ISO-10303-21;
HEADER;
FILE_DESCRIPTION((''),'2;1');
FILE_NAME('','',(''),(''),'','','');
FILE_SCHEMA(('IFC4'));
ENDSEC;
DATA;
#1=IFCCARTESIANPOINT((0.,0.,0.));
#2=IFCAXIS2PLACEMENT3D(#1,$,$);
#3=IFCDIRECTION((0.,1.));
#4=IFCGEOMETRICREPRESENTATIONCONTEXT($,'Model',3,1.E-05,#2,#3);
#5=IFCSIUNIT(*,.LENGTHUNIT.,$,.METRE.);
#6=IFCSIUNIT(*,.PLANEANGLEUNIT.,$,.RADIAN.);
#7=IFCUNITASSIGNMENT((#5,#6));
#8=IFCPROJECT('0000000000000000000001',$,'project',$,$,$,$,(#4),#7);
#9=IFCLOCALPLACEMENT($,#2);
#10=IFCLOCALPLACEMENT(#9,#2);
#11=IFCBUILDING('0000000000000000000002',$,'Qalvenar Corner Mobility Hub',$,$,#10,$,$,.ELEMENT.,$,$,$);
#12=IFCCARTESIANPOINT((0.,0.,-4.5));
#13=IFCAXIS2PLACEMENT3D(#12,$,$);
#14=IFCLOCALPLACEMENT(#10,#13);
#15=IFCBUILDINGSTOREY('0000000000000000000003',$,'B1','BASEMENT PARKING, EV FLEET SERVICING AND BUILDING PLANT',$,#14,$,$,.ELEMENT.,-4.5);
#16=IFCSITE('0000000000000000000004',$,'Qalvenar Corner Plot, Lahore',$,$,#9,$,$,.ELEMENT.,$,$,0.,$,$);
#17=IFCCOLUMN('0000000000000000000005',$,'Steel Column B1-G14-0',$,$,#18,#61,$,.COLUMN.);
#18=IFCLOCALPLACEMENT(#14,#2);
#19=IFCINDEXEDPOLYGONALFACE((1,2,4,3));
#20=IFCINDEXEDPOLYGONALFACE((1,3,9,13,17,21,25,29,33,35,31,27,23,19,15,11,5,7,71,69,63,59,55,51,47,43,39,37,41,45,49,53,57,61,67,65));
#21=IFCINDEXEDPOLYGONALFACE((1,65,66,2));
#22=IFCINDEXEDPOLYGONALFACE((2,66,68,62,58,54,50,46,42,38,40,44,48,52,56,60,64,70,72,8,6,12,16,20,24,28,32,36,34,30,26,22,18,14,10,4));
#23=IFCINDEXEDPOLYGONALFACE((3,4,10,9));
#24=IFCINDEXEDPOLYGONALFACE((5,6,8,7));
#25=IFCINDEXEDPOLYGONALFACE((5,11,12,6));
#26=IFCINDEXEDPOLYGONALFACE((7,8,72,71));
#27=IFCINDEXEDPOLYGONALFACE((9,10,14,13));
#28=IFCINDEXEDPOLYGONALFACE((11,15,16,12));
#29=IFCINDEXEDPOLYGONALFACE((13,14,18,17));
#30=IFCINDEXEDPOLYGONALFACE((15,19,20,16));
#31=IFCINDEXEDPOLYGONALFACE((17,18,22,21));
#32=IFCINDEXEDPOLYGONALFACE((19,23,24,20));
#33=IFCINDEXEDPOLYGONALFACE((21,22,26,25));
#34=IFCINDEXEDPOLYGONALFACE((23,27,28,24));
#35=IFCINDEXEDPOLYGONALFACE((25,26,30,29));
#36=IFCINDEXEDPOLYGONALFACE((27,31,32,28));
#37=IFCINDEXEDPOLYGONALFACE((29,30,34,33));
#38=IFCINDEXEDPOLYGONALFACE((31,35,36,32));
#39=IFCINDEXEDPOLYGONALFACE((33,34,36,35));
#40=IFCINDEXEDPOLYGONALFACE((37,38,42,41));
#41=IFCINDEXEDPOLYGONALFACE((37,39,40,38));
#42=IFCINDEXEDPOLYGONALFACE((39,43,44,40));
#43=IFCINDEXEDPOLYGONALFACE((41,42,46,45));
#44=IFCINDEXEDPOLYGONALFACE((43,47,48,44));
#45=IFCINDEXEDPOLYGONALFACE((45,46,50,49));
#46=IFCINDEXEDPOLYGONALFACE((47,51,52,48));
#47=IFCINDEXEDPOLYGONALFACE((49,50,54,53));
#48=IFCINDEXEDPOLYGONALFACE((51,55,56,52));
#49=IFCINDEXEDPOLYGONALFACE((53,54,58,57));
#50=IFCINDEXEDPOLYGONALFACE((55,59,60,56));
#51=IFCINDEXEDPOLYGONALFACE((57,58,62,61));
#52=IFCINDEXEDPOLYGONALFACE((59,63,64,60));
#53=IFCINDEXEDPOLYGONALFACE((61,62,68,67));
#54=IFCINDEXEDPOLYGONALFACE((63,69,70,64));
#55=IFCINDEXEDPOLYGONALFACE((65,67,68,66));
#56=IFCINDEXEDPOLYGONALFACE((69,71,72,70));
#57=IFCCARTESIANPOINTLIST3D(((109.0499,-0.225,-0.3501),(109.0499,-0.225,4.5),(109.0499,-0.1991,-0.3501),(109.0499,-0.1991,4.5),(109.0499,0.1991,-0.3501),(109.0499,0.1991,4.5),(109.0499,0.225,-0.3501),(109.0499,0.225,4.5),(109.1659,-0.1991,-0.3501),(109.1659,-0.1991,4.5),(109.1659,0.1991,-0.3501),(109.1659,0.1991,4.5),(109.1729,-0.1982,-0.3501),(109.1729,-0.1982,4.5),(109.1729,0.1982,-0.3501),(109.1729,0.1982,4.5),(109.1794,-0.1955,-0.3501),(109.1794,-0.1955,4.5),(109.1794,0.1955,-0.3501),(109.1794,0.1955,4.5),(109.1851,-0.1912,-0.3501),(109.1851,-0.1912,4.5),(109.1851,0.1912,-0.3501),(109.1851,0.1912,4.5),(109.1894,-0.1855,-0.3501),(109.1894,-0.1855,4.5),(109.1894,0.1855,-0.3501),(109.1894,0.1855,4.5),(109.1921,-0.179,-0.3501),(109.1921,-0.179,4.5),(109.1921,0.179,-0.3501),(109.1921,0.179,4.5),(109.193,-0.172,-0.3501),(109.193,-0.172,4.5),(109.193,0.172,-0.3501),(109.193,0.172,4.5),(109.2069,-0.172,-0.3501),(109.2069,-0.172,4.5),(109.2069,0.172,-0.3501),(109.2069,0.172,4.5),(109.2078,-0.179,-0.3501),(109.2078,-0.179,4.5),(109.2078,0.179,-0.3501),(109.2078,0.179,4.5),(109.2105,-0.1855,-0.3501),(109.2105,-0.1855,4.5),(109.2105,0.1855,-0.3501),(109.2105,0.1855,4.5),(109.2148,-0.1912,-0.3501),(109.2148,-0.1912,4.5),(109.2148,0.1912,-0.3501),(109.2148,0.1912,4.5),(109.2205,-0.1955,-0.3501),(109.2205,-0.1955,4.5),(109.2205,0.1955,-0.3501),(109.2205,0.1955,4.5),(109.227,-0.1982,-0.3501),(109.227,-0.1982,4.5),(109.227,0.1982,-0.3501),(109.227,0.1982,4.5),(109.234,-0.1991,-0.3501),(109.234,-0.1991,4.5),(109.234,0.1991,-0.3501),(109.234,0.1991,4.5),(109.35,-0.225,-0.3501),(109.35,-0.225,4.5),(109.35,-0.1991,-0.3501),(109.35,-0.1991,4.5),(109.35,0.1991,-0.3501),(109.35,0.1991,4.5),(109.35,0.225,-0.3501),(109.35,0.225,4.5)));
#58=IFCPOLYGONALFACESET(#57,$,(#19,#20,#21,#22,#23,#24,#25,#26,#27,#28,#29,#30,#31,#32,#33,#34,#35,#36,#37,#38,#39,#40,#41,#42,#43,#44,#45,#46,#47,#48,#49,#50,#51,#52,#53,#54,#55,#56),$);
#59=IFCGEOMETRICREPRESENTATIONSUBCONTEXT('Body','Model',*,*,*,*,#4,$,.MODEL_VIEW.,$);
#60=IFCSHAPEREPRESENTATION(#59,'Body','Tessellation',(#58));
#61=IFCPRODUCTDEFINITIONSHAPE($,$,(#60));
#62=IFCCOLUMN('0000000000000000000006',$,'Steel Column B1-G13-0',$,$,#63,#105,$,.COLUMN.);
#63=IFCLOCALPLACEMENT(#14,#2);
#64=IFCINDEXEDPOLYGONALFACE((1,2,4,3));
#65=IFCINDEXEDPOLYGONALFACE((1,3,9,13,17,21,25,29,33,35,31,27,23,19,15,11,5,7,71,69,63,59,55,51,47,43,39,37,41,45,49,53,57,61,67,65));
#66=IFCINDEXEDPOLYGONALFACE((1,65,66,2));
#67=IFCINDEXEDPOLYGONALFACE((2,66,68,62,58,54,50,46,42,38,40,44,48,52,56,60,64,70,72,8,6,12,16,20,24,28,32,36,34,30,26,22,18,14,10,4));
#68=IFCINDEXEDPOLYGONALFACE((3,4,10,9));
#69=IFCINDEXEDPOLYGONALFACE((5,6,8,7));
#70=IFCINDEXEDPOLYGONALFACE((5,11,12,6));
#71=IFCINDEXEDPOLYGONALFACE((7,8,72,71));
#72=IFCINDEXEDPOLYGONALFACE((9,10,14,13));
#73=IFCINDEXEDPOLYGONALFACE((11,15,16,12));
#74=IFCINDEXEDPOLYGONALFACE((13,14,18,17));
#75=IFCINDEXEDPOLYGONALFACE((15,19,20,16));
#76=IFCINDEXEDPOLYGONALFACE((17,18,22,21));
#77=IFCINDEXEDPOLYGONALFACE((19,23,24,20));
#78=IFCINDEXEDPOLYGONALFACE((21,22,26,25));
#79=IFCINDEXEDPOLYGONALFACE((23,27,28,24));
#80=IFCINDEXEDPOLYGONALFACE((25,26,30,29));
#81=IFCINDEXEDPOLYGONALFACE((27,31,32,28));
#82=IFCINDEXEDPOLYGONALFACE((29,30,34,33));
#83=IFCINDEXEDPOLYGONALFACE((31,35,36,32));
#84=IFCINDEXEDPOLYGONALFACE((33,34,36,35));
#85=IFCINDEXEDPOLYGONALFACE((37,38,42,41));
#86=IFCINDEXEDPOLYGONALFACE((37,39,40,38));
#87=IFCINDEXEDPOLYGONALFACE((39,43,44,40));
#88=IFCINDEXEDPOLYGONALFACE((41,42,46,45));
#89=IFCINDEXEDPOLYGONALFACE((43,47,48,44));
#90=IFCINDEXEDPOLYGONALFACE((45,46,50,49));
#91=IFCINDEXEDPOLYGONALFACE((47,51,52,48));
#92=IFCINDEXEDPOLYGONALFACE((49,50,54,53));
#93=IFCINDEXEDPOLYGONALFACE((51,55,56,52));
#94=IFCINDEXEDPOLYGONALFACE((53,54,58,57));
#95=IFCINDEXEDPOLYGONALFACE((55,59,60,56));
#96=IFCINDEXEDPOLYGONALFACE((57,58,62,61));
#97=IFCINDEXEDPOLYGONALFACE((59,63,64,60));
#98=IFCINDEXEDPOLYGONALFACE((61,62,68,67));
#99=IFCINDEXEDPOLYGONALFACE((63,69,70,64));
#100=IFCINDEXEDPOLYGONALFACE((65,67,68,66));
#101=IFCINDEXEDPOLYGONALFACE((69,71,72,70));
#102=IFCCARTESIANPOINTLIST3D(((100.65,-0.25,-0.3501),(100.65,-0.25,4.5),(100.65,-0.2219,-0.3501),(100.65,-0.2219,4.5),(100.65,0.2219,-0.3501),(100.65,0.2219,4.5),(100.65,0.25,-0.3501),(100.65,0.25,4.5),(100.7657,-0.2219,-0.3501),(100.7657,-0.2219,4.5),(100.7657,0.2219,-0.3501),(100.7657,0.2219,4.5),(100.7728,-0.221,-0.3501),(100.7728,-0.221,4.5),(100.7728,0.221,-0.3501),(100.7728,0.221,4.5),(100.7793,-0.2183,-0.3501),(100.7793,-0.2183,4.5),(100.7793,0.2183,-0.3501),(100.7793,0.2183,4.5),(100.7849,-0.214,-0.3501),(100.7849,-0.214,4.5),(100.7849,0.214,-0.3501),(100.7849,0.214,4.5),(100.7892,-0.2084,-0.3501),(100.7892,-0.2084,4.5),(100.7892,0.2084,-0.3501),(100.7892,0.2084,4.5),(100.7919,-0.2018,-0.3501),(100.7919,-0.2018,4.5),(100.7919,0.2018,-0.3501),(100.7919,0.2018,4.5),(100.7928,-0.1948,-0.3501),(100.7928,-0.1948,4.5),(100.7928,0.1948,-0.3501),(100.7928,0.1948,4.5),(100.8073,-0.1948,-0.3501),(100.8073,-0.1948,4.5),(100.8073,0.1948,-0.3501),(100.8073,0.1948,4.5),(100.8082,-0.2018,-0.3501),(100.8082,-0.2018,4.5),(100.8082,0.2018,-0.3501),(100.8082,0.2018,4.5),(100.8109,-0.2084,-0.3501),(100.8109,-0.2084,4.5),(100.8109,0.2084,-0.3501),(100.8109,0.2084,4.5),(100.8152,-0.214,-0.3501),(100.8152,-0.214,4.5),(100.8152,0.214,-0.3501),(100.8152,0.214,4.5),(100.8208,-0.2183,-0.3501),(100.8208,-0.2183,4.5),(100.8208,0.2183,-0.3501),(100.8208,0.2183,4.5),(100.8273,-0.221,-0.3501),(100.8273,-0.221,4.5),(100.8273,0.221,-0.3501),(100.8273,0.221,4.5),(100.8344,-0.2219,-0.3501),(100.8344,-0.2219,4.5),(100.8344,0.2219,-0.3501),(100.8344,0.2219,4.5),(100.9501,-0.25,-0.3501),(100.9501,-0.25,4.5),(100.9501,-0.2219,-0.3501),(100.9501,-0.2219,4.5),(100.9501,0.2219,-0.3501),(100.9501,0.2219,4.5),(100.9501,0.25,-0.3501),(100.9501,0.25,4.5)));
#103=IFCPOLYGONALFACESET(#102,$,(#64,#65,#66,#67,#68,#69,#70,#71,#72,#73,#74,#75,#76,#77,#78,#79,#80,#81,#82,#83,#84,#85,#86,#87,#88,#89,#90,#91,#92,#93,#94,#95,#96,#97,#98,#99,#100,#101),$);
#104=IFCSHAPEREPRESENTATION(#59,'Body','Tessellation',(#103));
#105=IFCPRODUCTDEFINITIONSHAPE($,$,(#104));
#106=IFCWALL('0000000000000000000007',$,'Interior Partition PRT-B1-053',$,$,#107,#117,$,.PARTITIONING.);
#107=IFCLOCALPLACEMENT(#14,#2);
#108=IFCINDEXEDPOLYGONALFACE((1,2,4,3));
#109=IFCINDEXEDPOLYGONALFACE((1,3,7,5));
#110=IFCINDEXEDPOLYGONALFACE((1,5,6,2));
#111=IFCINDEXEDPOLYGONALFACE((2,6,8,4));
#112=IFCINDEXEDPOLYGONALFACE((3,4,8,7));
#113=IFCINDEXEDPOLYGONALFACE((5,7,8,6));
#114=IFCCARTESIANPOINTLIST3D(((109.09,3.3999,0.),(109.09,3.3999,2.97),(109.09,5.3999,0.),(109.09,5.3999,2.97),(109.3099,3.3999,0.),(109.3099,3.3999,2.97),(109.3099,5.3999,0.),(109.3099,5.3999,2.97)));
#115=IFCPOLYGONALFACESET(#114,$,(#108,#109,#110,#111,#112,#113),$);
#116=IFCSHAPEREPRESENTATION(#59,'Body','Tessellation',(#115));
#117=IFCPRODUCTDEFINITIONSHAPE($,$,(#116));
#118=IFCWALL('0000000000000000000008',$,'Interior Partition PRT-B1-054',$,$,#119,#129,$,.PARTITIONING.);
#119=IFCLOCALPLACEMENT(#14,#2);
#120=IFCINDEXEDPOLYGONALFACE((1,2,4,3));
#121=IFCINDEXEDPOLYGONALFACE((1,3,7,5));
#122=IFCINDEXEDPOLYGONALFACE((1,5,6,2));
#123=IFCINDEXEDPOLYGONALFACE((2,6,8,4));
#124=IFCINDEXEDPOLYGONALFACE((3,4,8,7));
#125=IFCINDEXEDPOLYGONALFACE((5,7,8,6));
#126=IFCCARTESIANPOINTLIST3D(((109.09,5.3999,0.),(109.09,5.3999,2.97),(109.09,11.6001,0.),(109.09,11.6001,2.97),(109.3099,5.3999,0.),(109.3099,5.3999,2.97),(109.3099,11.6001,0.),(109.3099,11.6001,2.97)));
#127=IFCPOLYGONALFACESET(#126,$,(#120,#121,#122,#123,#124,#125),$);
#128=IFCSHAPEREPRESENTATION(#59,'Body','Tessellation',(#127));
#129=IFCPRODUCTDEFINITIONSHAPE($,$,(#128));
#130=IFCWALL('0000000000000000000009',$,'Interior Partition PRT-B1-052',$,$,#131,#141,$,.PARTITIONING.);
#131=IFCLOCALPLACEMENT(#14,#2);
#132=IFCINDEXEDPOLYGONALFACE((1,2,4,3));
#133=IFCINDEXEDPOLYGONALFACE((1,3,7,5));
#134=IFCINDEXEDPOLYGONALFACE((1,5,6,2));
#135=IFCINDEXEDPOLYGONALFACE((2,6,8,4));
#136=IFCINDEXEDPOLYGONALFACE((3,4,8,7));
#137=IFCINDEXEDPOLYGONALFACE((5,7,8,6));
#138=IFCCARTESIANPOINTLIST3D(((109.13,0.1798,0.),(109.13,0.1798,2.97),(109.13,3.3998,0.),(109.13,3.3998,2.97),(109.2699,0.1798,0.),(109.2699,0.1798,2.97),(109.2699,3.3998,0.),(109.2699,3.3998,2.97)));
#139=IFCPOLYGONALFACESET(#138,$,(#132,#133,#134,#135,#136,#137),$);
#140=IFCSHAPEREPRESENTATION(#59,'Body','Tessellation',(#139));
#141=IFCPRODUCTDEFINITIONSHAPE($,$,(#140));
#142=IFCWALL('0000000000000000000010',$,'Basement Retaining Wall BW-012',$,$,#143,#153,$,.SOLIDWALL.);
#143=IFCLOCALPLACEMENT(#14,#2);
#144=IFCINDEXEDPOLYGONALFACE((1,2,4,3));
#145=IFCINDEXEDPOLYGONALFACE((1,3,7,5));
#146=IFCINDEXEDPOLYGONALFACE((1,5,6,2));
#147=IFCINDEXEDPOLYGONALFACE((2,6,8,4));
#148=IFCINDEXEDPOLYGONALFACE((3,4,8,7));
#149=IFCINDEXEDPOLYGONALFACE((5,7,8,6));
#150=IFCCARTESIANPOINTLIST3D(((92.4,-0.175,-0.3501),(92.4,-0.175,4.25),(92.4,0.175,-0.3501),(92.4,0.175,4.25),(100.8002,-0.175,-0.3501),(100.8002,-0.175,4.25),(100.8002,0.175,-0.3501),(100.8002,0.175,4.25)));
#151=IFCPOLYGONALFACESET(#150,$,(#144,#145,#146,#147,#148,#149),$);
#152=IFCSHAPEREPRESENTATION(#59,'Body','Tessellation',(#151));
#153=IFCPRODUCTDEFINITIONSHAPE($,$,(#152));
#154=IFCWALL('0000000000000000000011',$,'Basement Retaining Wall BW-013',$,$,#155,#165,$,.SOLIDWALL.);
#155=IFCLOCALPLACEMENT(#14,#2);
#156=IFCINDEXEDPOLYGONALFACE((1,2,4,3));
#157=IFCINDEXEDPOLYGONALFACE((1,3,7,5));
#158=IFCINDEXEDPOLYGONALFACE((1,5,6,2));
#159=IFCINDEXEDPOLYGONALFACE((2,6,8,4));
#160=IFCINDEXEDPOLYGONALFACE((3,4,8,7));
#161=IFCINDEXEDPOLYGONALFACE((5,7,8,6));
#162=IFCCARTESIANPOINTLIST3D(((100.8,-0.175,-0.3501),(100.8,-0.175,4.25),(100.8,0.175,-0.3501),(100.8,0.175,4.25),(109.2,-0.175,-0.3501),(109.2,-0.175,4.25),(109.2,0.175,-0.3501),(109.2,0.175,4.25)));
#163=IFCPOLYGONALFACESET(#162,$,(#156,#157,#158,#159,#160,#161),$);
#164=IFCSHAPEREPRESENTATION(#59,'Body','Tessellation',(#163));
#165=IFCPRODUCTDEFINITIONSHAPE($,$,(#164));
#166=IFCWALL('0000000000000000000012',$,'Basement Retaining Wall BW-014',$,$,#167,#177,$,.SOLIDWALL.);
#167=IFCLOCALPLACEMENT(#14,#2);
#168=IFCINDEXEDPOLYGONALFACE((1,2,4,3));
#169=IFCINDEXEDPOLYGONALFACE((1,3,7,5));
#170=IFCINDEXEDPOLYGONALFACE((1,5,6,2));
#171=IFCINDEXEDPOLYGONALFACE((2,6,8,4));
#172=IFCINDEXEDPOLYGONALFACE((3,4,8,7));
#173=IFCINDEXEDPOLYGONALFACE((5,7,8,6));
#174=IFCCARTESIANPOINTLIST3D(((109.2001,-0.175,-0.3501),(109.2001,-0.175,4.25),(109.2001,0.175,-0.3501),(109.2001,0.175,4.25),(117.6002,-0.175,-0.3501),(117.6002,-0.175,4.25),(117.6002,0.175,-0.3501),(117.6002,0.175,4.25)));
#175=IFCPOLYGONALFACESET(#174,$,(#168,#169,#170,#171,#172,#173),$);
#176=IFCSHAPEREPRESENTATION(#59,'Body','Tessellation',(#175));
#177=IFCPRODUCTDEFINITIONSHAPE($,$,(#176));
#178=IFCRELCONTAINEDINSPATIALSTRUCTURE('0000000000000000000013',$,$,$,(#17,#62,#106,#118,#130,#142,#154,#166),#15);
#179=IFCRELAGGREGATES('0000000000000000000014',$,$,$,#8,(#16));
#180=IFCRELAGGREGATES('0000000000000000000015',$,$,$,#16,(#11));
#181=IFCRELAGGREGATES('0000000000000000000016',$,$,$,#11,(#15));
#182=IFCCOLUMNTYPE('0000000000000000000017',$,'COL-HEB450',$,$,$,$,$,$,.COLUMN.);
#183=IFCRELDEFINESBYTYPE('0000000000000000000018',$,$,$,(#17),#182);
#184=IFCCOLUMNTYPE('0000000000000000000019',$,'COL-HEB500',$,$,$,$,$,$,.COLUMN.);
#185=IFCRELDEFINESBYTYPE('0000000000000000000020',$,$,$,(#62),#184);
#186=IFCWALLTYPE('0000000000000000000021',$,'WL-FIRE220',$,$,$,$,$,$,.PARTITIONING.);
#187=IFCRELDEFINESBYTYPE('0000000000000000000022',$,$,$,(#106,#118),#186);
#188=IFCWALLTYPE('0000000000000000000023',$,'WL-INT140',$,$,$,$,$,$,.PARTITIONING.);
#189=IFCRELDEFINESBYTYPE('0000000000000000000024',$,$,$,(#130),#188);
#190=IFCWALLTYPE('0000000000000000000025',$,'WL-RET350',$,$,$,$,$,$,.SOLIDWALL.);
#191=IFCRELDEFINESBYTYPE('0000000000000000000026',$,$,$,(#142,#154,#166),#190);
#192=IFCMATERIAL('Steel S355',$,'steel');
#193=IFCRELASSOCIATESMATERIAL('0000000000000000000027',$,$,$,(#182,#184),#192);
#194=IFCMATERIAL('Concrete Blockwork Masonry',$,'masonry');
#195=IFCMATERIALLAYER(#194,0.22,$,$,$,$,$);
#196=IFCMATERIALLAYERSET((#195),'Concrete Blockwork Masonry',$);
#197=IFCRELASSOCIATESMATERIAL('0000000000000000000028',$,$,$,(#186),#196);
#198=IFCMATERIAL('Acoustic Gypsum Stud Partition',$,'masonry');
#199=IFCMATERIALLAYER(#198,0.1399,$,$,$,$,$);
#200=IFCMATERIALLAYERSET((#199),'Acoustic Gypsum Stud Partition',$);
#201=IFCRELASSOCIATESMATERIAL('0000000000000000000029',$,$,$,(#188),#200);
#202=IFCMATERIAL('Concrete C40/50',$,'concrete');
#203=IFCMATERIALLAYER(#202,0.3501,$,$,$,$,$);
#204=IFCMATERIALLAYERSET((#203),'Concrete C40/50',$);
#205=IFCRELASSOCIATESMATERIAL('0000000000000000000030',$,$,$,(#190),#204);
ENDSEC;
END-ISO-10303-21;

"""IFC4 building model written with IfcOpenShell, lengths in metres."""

from ifc_helpers import new_model, si_unit, direction, frame, frame_2d, origin, origin_2d, place, context, subcontext, project, spatial, rectangle, i_section, extrude, material, layer, layer_set, material_profile, profile_set, type_object, element, save


model = new_model("IFC4")

# Units and contexts
model_context = context("Model", 3, precision=1e-05, world=origin(), true_north=direction((0.0, 1.0)))
body_context = subcontext(model_context, "Body", "Model", "MODEL_VIEW")
ifc_project = project(units=[si_unit("LENGTHUNIT", "METRE"), si_unit("PLANEANGLEUNIT", "RADIAN")], contexts=[model_context])

# Site, building, storey
site_placement = place(None, origin())
site = spatial("IfcSite", under=ifc_project, at=site_placement, Name="Qalvenar Corner Plot, Lahore", CompositionType="ELEMENT", RefElevation=0.0)
building_placement = place(site_placement, origin())
building = spatial("IfcBuilding", under=site, at=building_placement, Name="Qalvenar Corner Mobility Hub", CompositionType="ELEMENT")
storey_placement = place(building_placement, frame((0.0, 0.0, -4.5)))
storey = spatial("IfcBuildingStorey", under=building, at=storey_placement, Name="B1", Description="BASEMENT PARKING, EV FLEET SERVICING AND BUILDING PLANT", CompositionType="ELEMENT", Elevation=-4.5)

# Shared definitions
ifc_material_1 = material(Name="Concrete C40/50", Category="concrete")

# Columns
ifc_material_2 = material(Name="Steel S355", Category="steel")
ifc_material_profile_1 = material_profile(ifc_material_2, i_section(OverallWidth=0.3, OverallDepth=0.45, WebThickness=0.0139, FlangeThickness=0.0259, FilletRadius=0.0271, at=origin_2d()), Name="HEB450")
ifc_profile_set_1 = profile_set([ifc_material_profile_1], Name="Steel S355")
column_type_1 = type_object("IfcColumnType", Name="COL-HEB450", PredefinedType="COLUMN", material=ifc_profile_set_1)
for number, where, z_axis, x_axis, name in (
    (1, (109.2, 0.0, -0.3501), (0.0, 0.0, 1.0), (1.0, 0.0, 0.0), "Steel Column B1-G14-0"),
):
    element("IfcColumn", number, at=place(storey_placement, frame(where, z_axis=z_axis, x_axis=x_axis)), inside=storey, type_object=column_type_1, Name=name, PredefinedType="COLUMN", context=body_context, shape_type="SweptSolid", body=[
        extrude(i_section(OverallWidth=0.3, OverallDepth=0.45, WebThickness=0.0139, FlangeThickness=0.0259, FilletRadius=0.0271, at=origin_2d()), origin(), (0.0, 0.0, 1.0), 4.8501),
    ])
ifc_material_profile_2 = material_profile(ifc_material_2, i_section(OverallWidth=0.3, OverallDepth=0.5, WebThickness=0.0144, FlangeThickness=0.0281, FilletRadius=0.0271, at=origin_2d()), Name="HEB500")
ifc_profile_set_2 = profile_set([ifc_material_profile_2], Name="Steel S355")
column_type_2 = type_object("IfcColumnType", Name="COL-HEB500", PredefinedType="COLUMN", material=ifc_profile_set_2)
column_1_placement = place(storey_placement, frame((100.8, 0.0, -0.3501), z_axis=(0.0, 0.0, 1.0), x_axis=(1.0, 0.0, 0.0)))
element("IfcColumn", 2, at=column_1_placement, inside=storey, type_object=column_type_2, Name="Steel Column B1-G13-0", PredefinedType="COLUMN", context=body_context, shape_type="SweptSolid", body=[
    extrude(i_section(OverallWidth=0.3, OverallDepth=0.5, WebThickness=0.0144, FlangeThickness=0.0281, FilletRadius=0.0271, at=origin_2d()), origin(), (0.0, 0.0, 1.0), 4.8501),
])

# Walls
ifc_material_3 = material(Name="Concrete Blockwork Masonry", Category="masonry")
ifc_layer_1 = layer(ifc_material_3, 0.22)
ifc_layer_set_1 = layer_set([ifc_layer_1], Name="Concrete Blockwork Masonry")
wall_type_1 = type_object("IfcWallType", Name="WL-FIRE220", PredefinedType="PARTITIONING", material=ifc_layer_set_1)
wall_1_placement = place(storey_placement, frame((109.2, 3.3999, 0.0), z_axis=(0.0, 0.0, 1.0), x_axis=(0.0, 1.0, 0.0)))
element("IfcWall", 3, at=wall_1_placement, inside=storey, type_object=wall_type_1, Name="Interior Partition PRT-B1-053", PredefinedType="PARTITIONING", context=body_context, shape_type="SweptSolid", body=[
    extrude(rectangle(XDim=2.0, YDim=0.22, at=frame_2d((1.0, 0.0))), origin(), (0.0, 0.0, 1.0), 2.97),
])
wall_2_placement = place(storey_placement, frame((109.2, 5.3999, 0.0), z_axis=(0.0, 0.0, 1.0), x_axis=(0.0, 1.0, 0.0)))
element("IfcWall", 4, at=wall_2_placement, inside=storey, type_object=wall_type_1, Name="Interior Partition PRT-B1-054", PredefinedType="PARTITIONING", context=body_context, shape_type="SweptSolid", body=[
    extrude(rectangle(XDim=6.2002, YDim=0.22, at=frame_2d((3.1001, 0.0))), origin(), (0.0, 0.0, 1.0), 2.97),
])
ifc_material_4 = material(Name="Acoustic Gypsum Stud Partition", Category="masonry")
ifc_layer_2 = layer(ifc_material_4, 0.1399)
ifc_layer_set_2 = layer_set([ifc_layer_2], Name="Acoustic Gypsum Stud Partition")
wall_type_2 = type_object("IfcWallType", Name="WL-INT140", PredefinedType="PARTITIONING", material=ifc_layer_set_2)
wall_3_placement = place(storey_placement, frame((109.2, 0.1799, 0.0), z_axis=(0.0, 0.0, 1.0), x_axis=(0.0, 1.0, 0.0)))
element("IfcWall", 5, at=wall_3_placement, inside=storey, type_object=wall_type_2, Name="Interior Partition PRT-B1-052", PredefinedType="PARTITIONING", context=body_context, shape_type="SweptSolid", body=[
    extrude(rectangle(XDim=3.22, YDim=0.1399, at=frame_2d((1.6099, 0.0))), origin(), (0.0, 0.0, 1.0), 2.97),
])
ifc_layer_3 = layer(ifc_material_1, 0.3501)
ifc_layer_set_3 = layer_set([ifc_layer_3], Name="Concrete C40/50")
wall_type_3 = type_object("IfcWallType", Name="WL-RET350", PredefinedType="SOLIDWALL", material=ifc_layer_set_3)
wall_4_placement = place(storey_placement, frame((92.3999, 0.0, -0.3501), z_axis=(0.0, 0.0, 1.0), x_axis=(1.0, 0.0, 0.0)))
element("IfcWall", 6, at=wall_4_placement, inside=storey, type_object=wall_type_3, Name="Basement Retaining Wall BW-012", PredefinedType="SOLIDWALL", context=body_context, shape_type="SweptSolid", body=[
    extrude(rectangle(XDim=8.4001, YDim=0.3501, at=frame_2d((4.2002, 0.0))), origin(), (0.0, 0.0, 1.0), 4.6001),
])
wall_5_placement = place(storey_placement, frame((100.8, 0.0, -0.3501), z_axis=(0.0, 0.0, 1.0), x_axis=(1.0, 0.0, 0.0)))
element("IfcWall", 7, at=wall_5_placement, inside=storey, type_object=wall_type_3, Name="Basement Retaining Wall BW-013", PredefinedType="SOLIDWALL", context=body_context, shape_type="SweptSolid", body=[
    extrude(rectangle(XDim=8.3999, YDim=0.3501, at=frame_2d((4.2, 0.0))), origin(), (0.0, 0.0, 1.0), 4.6001),
])
wall_6_placement = place(storey_placement, frame((109.2, 0.0, -0.3501), z_axis=(0.0, 0.0, 1.0), x_axis=(1.0, 0.0, 0.0)))
element("IfcWall", 8, at=wall_6_placement, inside=storey, type_object=wall_type_3, Name="Basement Retaining Wall BW-014", PredefinedType="SOLIDWALL", context=body_context, shape_type="SweptSolid", body=[
    extrude(rectangle(XDim=8.4001, YDim=0.3501, at=frame_2d((4.2002, 0.0))), origin(), (0.0, 0.0, 1.0), 4.6001),
])

save(model, "model.ifc")
